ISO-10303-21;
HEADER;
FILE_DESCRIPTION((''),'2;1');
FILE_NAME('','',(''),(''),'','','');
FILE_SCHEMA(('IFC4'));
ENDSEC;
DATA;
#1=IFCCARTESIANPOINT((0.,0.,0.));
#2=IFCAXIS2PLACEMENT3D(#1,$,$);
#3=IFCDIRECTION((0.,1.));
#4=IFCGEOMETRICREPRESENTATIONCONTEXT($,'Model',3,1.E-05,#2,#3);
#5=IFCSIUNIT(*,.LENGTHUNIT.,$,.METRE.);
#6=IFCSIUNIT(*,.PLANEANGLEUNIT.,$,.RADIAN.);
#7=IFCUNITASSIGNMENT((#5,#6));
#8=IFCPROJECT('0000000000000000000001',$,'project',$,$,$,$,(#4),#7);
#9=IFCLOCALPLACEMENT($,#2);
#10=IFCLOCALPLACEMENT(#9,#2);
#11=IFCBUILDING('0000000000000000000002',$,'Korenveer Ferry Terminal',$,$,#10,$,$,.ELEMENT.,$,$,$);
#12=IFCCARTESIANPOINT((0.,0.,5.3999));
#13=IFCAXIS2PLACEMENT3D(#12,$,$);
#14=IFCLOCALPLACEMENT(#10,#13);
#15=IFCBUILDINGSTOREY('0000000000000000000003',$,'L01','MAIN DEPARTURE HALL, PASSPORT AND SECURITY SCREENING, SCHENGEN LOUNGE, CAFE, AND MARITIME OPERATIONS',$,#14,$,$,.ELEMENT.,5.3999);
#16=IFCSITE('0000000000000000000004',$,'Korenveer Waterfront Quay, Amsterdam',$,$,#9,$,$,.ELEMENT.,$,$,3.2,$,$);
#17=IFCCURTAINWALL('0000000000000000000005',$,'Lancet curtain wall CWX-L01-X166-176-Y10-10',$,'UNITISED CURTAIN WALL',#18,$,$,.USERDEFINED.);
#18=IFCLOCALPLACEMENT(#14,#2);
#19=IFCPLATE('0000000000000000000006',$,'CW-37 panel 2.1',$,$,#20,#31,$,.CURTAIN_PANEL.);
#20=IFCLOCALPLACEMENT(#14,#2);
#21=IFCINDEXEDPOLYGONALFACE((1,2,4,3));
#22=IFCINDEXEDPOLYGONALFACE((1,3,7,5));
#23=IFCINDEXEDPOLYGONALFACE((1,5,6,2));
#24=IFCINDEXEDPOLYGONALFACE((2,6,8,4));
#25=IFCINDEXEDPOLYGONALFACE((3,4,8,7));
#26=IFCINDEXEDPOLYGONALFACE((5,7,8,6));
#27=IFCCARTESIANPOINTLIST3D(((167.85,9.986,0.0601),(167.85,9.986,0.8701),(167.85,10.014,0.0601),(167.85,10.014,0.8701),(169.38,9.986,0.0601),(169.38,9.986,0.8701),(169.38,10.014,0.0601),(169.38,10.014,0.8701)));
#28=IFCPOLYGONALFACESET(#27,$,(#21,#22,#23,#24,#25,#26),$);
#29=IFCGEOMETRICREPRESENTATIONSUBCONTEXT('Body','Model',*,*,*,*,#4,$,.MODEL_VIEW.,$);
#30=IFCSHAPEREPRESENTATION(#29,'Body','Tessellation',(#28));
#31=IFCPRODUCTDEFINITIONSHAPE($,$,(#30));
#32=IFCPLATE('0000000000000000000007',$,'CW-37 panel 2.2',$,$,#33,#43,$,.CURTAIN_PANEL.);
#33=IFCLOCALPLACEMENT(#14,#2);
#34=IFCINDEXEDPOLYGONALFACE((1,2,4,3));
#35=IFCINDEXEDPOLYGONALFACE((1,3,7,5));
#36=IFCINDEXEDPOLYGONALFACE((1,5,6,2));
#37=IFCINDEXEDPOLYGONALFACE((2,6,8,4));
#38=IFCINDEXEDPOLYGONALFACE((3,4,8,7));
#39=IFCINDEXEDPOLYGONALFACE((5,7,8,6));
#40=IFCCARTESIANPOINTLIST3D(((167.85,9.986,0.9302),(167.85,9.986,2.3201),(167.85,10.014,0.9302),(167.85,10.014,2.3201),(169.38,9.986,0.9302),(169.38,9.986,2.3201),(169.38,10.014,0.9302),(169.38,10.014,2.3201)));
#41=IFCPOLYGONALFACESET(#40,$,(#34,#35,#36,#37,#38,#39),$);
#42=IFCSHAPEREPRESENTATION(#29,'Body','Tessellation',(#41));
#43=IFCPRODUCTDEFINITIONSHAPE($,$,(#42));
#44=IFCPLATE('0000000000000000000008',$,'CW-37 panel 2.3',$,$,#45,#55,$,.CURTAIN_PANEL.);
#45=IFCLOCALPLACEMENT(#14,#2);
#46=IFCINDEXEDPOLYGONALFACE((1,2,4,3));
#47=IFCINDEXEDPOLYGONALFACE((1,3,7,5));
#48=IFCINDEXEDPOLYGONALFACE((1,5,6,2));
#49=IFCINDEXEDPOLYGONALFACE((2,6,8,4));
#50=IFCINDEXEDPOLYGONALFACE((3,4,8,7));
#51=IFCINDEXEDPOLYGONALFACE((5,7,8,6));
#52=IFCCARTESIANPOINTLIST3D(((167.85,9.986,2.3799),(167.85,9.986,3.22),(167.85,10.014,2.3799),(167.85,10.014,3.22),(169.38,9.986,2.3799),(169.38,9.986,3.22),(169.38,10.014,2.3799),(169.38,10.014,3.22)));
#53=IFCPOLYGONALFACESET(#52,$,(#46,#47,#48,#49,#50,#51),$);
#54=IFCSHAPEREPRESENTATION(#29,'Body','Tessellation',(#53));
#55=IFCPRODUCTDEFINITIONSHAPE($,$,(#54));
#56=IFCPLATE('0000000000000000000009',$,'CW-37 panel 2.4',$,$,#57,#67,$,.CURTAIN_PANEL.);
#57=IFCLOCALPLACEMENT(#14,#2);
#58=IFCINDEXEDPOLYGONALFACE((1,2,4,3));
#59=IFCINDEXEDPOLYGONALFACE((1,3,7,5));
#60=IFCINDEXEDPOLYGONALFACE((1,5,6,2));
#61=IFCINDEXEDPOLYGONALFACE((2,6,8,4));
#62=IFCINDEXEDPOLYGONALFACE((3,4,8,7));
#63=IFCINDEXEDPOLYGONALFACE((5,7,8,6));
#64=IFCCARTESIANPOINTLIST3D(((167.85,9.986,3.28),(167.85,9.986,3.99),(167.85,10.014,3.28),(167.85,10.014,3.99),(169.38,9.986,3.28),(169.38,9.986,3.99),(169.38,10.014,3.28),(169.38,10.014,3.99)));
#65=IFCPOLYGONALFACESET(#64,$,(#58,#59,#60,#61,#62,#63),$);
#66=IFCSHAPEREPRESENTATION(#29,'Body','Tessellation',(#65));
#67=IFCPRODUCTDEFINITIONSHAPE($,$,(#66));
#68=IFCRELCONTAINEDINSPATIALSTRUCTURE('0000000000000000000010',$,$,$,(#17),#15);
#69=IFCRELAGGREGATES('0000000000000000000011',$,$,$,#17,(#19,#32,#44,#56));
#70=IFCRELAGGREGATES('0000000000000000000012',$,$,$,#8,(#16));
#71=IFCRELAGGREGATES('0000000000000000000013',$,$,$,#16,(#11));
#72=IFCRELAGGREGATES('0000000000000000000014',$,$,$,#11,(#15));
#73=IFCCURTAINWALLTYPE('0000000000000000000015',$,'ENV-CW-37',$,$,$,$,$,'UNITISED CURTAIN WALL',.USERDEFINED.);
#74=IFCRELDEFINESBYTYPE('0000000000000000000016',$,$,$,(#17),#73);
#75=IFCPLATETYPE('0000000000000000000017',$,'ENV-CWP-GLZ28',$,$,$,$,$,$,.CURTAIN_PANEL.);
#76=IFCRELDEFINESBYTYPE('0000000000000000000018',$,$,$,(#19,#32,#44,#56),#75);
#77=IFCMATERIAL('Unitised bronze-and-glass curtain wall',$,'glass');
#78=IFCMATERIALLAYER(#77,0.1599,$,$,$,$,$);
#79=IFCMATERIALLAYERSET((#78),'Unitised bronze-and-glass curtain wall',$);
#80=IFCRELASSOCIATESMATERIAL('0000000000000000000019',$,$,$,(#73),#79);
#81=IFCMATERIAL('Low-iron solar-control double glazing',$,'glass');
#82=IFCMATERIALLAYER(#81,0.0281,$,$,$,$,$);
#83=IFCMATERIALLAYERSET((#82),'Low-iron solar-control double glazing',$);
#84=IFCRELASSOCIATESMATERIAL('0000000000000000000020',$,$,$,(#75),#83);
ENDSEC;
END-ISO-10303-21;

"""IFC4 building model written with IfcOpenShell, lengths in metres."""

from ifc_helpers import new_model, si_unit, direction, frame, origin, origin_2d, place, context, subcontext, project, spatial, rectangle, extrude, material, layer, layer_set, type_object, element, aggregate, save


model = new_model("IFC4")

# Units and contexts
model_context = context("Model", 3, precision=1e-05, world=origin(), true_north=direction((0.0, 1.0)))
body_context = subcontext(model_context, "Body", "Model", "MODEL_VIEW")
ifc_project = project(units=[si_unit("LENGTHUNIT", "METRE"), si_unit("PLANEANGLEUNIT", "RADIAN")], contexts=[model_context])

# Site, building, storey
site_placement = place(None, origin())
site = spatial("IfcSite", under=ifc_project, at=site_placement, Name="Korenveer Waterfront Quay, Amsterdam", CompositionType="ELEMENT", RefElevation=3.2)
building_placement = place(site_placement, origin())
building = spatial("IfcBuilding", under=site, at=building_placement, Name="Korenveer Ferry Terminal", CompositionType="ELEMENT")
storey_placement = place(building_placement, frame((0.0, 0.0, 5.3999)))
storey = spatial("IfcBuildingStorey", under=building, at=storey_placement, Name="L01", Description="MAIN DEPARTURE HALL, PASSPORT AND SECURITY SCREENING, SCHENGEN LOUNGE, CAFE, AND MARITIME OPERATIONS", CompositionType="ELEMENT", Elevation=5.3999)

# Curtain wall, plates
ifc_material_1 = material(Name="Unitised bronze-and-glass curtain wall", Category="glass")
ifc_layer_1 = layer(ifc_material_1, 0.1599)
ifc_layer_set_1 = layer_set([ifc_layer_1], Name="Unitised bronze-and-glass curtain wall")
curtain_wall_type = type_object("IfcCurtainWallType", Name="ENV-CW-37", ElementType="UNITISED CURTAIN WALL", PredefinedType="USERDEFINED", material=ifc_layer_set_1)
curtain_wall_placement = place(storey_placement, frame((166.23, 10.0, 0.0)))
curtain_wall = element("IfcCurtainWall", 1, at=curtain_wall_placement, inside=storey, type_object=curtain_wall_type, Name="Lancet curtain wall CWX-L01-X166-176-Y10-10", ObjectType="UNITISED CURTAIN WALL", PredefinedType="USERDEFINED")
ifc_material_2 = material(Name="Low-iron solar-control double glazing", Category="glass")
ifc_layer_2 = layer(ifc_material_2, 0.0281)
ifc_layer_set_2 = layer_set([ifc_layer_2], Name="Low-iron solar-control double glazing")
plate_type = type_object("IfcPlateType", Name="ENV-CWP-GLZ28", PredefinedType="CURTAIN_PANEL", material=ifc_layer_set_2)
plate_1_placement = place(storey_placement, frame((168.615, 10.0, 0.0601), z_axis=(0.0, 0.0, 1.0), x_axis=(1.0, 0.0, 0.0)))
plate_1 = element("IfcPlate", 2, at=plate_1_placement, type_object=plate_type, Name="CW-37 panel 2.1", PredefinedType="CURTAIN_PANEL", context=body_context, shape_type="SweptSolid", body=[
    extrude(rectangle(XDim=1.53, YDim=0.0281, at=origin_2d()), origin(), (0.0, 0.0, 1.0), 0.8101),
])
plate_2_placement = place(storey_placement, frame((168.615, 10.0, 0.9302), z_axis=(0.0, 0.0, 1.0), x_axis=(1.0, 0.0, 0.0)))
plate_2 = element("IfcPlate", 3, at=plate_2_placement, type_object=plate_type, Name="CW-37 panel 2.2", PredefinedType="CURTAIN_PANEL", context=body_context, shape_type="SweptSolid", body=[
    extrude(rectangle(XDim=1.53, YDim=0.0281, at=origin_2d()), origin(), (0.0, 0.0, 1.0), 1.3899),
])
plate_3_placement = place(storey_placement, frame((168.615, 10.0, 2.3799), z_axis=(0.0, 0.0, 1.0), x_axis=(1.0, 0.0, 0.0)))
plate_3 = element("IfcPlate", 4, at=plate_3_placement, type_object=plate_type, Name="CW-37 panel 2.3", PredefinedType="CURTAIN_PANEL", context=body_context, shape_type="SweptSolid", body=[
    extrude(rectangle(XDim=1.53, YDim=0.0281, at=origin_2d()), origin(), (0.0, 0.0, 1.0), 0.8401),
])
plate_4_placement = place(storey_placement, frame((168.615, 10.0, 3.28), z_axis=(0.0, 0.0, 1.0), x_axis=(1.0, 0.0, 0.0)))
plate_4 = element("IfcPlate", 5, at=plate_4_placement, type_object=plate_type, Name="CW-37 panel 2.4", PredefinedType="CURTAIN_PANEL", context=body_context, shape_type="SweptSolid", body=[
    extrude(rectangle(XDim=1.53, YDim=0.0281, at=origin_2d()), origin(), (0.0, 0.0, 1.0), 0.71),
])
aggregate(curtain_wall, [plate_1, plate_2, plate_3, plate_4])

save(model, "model.ifc")
